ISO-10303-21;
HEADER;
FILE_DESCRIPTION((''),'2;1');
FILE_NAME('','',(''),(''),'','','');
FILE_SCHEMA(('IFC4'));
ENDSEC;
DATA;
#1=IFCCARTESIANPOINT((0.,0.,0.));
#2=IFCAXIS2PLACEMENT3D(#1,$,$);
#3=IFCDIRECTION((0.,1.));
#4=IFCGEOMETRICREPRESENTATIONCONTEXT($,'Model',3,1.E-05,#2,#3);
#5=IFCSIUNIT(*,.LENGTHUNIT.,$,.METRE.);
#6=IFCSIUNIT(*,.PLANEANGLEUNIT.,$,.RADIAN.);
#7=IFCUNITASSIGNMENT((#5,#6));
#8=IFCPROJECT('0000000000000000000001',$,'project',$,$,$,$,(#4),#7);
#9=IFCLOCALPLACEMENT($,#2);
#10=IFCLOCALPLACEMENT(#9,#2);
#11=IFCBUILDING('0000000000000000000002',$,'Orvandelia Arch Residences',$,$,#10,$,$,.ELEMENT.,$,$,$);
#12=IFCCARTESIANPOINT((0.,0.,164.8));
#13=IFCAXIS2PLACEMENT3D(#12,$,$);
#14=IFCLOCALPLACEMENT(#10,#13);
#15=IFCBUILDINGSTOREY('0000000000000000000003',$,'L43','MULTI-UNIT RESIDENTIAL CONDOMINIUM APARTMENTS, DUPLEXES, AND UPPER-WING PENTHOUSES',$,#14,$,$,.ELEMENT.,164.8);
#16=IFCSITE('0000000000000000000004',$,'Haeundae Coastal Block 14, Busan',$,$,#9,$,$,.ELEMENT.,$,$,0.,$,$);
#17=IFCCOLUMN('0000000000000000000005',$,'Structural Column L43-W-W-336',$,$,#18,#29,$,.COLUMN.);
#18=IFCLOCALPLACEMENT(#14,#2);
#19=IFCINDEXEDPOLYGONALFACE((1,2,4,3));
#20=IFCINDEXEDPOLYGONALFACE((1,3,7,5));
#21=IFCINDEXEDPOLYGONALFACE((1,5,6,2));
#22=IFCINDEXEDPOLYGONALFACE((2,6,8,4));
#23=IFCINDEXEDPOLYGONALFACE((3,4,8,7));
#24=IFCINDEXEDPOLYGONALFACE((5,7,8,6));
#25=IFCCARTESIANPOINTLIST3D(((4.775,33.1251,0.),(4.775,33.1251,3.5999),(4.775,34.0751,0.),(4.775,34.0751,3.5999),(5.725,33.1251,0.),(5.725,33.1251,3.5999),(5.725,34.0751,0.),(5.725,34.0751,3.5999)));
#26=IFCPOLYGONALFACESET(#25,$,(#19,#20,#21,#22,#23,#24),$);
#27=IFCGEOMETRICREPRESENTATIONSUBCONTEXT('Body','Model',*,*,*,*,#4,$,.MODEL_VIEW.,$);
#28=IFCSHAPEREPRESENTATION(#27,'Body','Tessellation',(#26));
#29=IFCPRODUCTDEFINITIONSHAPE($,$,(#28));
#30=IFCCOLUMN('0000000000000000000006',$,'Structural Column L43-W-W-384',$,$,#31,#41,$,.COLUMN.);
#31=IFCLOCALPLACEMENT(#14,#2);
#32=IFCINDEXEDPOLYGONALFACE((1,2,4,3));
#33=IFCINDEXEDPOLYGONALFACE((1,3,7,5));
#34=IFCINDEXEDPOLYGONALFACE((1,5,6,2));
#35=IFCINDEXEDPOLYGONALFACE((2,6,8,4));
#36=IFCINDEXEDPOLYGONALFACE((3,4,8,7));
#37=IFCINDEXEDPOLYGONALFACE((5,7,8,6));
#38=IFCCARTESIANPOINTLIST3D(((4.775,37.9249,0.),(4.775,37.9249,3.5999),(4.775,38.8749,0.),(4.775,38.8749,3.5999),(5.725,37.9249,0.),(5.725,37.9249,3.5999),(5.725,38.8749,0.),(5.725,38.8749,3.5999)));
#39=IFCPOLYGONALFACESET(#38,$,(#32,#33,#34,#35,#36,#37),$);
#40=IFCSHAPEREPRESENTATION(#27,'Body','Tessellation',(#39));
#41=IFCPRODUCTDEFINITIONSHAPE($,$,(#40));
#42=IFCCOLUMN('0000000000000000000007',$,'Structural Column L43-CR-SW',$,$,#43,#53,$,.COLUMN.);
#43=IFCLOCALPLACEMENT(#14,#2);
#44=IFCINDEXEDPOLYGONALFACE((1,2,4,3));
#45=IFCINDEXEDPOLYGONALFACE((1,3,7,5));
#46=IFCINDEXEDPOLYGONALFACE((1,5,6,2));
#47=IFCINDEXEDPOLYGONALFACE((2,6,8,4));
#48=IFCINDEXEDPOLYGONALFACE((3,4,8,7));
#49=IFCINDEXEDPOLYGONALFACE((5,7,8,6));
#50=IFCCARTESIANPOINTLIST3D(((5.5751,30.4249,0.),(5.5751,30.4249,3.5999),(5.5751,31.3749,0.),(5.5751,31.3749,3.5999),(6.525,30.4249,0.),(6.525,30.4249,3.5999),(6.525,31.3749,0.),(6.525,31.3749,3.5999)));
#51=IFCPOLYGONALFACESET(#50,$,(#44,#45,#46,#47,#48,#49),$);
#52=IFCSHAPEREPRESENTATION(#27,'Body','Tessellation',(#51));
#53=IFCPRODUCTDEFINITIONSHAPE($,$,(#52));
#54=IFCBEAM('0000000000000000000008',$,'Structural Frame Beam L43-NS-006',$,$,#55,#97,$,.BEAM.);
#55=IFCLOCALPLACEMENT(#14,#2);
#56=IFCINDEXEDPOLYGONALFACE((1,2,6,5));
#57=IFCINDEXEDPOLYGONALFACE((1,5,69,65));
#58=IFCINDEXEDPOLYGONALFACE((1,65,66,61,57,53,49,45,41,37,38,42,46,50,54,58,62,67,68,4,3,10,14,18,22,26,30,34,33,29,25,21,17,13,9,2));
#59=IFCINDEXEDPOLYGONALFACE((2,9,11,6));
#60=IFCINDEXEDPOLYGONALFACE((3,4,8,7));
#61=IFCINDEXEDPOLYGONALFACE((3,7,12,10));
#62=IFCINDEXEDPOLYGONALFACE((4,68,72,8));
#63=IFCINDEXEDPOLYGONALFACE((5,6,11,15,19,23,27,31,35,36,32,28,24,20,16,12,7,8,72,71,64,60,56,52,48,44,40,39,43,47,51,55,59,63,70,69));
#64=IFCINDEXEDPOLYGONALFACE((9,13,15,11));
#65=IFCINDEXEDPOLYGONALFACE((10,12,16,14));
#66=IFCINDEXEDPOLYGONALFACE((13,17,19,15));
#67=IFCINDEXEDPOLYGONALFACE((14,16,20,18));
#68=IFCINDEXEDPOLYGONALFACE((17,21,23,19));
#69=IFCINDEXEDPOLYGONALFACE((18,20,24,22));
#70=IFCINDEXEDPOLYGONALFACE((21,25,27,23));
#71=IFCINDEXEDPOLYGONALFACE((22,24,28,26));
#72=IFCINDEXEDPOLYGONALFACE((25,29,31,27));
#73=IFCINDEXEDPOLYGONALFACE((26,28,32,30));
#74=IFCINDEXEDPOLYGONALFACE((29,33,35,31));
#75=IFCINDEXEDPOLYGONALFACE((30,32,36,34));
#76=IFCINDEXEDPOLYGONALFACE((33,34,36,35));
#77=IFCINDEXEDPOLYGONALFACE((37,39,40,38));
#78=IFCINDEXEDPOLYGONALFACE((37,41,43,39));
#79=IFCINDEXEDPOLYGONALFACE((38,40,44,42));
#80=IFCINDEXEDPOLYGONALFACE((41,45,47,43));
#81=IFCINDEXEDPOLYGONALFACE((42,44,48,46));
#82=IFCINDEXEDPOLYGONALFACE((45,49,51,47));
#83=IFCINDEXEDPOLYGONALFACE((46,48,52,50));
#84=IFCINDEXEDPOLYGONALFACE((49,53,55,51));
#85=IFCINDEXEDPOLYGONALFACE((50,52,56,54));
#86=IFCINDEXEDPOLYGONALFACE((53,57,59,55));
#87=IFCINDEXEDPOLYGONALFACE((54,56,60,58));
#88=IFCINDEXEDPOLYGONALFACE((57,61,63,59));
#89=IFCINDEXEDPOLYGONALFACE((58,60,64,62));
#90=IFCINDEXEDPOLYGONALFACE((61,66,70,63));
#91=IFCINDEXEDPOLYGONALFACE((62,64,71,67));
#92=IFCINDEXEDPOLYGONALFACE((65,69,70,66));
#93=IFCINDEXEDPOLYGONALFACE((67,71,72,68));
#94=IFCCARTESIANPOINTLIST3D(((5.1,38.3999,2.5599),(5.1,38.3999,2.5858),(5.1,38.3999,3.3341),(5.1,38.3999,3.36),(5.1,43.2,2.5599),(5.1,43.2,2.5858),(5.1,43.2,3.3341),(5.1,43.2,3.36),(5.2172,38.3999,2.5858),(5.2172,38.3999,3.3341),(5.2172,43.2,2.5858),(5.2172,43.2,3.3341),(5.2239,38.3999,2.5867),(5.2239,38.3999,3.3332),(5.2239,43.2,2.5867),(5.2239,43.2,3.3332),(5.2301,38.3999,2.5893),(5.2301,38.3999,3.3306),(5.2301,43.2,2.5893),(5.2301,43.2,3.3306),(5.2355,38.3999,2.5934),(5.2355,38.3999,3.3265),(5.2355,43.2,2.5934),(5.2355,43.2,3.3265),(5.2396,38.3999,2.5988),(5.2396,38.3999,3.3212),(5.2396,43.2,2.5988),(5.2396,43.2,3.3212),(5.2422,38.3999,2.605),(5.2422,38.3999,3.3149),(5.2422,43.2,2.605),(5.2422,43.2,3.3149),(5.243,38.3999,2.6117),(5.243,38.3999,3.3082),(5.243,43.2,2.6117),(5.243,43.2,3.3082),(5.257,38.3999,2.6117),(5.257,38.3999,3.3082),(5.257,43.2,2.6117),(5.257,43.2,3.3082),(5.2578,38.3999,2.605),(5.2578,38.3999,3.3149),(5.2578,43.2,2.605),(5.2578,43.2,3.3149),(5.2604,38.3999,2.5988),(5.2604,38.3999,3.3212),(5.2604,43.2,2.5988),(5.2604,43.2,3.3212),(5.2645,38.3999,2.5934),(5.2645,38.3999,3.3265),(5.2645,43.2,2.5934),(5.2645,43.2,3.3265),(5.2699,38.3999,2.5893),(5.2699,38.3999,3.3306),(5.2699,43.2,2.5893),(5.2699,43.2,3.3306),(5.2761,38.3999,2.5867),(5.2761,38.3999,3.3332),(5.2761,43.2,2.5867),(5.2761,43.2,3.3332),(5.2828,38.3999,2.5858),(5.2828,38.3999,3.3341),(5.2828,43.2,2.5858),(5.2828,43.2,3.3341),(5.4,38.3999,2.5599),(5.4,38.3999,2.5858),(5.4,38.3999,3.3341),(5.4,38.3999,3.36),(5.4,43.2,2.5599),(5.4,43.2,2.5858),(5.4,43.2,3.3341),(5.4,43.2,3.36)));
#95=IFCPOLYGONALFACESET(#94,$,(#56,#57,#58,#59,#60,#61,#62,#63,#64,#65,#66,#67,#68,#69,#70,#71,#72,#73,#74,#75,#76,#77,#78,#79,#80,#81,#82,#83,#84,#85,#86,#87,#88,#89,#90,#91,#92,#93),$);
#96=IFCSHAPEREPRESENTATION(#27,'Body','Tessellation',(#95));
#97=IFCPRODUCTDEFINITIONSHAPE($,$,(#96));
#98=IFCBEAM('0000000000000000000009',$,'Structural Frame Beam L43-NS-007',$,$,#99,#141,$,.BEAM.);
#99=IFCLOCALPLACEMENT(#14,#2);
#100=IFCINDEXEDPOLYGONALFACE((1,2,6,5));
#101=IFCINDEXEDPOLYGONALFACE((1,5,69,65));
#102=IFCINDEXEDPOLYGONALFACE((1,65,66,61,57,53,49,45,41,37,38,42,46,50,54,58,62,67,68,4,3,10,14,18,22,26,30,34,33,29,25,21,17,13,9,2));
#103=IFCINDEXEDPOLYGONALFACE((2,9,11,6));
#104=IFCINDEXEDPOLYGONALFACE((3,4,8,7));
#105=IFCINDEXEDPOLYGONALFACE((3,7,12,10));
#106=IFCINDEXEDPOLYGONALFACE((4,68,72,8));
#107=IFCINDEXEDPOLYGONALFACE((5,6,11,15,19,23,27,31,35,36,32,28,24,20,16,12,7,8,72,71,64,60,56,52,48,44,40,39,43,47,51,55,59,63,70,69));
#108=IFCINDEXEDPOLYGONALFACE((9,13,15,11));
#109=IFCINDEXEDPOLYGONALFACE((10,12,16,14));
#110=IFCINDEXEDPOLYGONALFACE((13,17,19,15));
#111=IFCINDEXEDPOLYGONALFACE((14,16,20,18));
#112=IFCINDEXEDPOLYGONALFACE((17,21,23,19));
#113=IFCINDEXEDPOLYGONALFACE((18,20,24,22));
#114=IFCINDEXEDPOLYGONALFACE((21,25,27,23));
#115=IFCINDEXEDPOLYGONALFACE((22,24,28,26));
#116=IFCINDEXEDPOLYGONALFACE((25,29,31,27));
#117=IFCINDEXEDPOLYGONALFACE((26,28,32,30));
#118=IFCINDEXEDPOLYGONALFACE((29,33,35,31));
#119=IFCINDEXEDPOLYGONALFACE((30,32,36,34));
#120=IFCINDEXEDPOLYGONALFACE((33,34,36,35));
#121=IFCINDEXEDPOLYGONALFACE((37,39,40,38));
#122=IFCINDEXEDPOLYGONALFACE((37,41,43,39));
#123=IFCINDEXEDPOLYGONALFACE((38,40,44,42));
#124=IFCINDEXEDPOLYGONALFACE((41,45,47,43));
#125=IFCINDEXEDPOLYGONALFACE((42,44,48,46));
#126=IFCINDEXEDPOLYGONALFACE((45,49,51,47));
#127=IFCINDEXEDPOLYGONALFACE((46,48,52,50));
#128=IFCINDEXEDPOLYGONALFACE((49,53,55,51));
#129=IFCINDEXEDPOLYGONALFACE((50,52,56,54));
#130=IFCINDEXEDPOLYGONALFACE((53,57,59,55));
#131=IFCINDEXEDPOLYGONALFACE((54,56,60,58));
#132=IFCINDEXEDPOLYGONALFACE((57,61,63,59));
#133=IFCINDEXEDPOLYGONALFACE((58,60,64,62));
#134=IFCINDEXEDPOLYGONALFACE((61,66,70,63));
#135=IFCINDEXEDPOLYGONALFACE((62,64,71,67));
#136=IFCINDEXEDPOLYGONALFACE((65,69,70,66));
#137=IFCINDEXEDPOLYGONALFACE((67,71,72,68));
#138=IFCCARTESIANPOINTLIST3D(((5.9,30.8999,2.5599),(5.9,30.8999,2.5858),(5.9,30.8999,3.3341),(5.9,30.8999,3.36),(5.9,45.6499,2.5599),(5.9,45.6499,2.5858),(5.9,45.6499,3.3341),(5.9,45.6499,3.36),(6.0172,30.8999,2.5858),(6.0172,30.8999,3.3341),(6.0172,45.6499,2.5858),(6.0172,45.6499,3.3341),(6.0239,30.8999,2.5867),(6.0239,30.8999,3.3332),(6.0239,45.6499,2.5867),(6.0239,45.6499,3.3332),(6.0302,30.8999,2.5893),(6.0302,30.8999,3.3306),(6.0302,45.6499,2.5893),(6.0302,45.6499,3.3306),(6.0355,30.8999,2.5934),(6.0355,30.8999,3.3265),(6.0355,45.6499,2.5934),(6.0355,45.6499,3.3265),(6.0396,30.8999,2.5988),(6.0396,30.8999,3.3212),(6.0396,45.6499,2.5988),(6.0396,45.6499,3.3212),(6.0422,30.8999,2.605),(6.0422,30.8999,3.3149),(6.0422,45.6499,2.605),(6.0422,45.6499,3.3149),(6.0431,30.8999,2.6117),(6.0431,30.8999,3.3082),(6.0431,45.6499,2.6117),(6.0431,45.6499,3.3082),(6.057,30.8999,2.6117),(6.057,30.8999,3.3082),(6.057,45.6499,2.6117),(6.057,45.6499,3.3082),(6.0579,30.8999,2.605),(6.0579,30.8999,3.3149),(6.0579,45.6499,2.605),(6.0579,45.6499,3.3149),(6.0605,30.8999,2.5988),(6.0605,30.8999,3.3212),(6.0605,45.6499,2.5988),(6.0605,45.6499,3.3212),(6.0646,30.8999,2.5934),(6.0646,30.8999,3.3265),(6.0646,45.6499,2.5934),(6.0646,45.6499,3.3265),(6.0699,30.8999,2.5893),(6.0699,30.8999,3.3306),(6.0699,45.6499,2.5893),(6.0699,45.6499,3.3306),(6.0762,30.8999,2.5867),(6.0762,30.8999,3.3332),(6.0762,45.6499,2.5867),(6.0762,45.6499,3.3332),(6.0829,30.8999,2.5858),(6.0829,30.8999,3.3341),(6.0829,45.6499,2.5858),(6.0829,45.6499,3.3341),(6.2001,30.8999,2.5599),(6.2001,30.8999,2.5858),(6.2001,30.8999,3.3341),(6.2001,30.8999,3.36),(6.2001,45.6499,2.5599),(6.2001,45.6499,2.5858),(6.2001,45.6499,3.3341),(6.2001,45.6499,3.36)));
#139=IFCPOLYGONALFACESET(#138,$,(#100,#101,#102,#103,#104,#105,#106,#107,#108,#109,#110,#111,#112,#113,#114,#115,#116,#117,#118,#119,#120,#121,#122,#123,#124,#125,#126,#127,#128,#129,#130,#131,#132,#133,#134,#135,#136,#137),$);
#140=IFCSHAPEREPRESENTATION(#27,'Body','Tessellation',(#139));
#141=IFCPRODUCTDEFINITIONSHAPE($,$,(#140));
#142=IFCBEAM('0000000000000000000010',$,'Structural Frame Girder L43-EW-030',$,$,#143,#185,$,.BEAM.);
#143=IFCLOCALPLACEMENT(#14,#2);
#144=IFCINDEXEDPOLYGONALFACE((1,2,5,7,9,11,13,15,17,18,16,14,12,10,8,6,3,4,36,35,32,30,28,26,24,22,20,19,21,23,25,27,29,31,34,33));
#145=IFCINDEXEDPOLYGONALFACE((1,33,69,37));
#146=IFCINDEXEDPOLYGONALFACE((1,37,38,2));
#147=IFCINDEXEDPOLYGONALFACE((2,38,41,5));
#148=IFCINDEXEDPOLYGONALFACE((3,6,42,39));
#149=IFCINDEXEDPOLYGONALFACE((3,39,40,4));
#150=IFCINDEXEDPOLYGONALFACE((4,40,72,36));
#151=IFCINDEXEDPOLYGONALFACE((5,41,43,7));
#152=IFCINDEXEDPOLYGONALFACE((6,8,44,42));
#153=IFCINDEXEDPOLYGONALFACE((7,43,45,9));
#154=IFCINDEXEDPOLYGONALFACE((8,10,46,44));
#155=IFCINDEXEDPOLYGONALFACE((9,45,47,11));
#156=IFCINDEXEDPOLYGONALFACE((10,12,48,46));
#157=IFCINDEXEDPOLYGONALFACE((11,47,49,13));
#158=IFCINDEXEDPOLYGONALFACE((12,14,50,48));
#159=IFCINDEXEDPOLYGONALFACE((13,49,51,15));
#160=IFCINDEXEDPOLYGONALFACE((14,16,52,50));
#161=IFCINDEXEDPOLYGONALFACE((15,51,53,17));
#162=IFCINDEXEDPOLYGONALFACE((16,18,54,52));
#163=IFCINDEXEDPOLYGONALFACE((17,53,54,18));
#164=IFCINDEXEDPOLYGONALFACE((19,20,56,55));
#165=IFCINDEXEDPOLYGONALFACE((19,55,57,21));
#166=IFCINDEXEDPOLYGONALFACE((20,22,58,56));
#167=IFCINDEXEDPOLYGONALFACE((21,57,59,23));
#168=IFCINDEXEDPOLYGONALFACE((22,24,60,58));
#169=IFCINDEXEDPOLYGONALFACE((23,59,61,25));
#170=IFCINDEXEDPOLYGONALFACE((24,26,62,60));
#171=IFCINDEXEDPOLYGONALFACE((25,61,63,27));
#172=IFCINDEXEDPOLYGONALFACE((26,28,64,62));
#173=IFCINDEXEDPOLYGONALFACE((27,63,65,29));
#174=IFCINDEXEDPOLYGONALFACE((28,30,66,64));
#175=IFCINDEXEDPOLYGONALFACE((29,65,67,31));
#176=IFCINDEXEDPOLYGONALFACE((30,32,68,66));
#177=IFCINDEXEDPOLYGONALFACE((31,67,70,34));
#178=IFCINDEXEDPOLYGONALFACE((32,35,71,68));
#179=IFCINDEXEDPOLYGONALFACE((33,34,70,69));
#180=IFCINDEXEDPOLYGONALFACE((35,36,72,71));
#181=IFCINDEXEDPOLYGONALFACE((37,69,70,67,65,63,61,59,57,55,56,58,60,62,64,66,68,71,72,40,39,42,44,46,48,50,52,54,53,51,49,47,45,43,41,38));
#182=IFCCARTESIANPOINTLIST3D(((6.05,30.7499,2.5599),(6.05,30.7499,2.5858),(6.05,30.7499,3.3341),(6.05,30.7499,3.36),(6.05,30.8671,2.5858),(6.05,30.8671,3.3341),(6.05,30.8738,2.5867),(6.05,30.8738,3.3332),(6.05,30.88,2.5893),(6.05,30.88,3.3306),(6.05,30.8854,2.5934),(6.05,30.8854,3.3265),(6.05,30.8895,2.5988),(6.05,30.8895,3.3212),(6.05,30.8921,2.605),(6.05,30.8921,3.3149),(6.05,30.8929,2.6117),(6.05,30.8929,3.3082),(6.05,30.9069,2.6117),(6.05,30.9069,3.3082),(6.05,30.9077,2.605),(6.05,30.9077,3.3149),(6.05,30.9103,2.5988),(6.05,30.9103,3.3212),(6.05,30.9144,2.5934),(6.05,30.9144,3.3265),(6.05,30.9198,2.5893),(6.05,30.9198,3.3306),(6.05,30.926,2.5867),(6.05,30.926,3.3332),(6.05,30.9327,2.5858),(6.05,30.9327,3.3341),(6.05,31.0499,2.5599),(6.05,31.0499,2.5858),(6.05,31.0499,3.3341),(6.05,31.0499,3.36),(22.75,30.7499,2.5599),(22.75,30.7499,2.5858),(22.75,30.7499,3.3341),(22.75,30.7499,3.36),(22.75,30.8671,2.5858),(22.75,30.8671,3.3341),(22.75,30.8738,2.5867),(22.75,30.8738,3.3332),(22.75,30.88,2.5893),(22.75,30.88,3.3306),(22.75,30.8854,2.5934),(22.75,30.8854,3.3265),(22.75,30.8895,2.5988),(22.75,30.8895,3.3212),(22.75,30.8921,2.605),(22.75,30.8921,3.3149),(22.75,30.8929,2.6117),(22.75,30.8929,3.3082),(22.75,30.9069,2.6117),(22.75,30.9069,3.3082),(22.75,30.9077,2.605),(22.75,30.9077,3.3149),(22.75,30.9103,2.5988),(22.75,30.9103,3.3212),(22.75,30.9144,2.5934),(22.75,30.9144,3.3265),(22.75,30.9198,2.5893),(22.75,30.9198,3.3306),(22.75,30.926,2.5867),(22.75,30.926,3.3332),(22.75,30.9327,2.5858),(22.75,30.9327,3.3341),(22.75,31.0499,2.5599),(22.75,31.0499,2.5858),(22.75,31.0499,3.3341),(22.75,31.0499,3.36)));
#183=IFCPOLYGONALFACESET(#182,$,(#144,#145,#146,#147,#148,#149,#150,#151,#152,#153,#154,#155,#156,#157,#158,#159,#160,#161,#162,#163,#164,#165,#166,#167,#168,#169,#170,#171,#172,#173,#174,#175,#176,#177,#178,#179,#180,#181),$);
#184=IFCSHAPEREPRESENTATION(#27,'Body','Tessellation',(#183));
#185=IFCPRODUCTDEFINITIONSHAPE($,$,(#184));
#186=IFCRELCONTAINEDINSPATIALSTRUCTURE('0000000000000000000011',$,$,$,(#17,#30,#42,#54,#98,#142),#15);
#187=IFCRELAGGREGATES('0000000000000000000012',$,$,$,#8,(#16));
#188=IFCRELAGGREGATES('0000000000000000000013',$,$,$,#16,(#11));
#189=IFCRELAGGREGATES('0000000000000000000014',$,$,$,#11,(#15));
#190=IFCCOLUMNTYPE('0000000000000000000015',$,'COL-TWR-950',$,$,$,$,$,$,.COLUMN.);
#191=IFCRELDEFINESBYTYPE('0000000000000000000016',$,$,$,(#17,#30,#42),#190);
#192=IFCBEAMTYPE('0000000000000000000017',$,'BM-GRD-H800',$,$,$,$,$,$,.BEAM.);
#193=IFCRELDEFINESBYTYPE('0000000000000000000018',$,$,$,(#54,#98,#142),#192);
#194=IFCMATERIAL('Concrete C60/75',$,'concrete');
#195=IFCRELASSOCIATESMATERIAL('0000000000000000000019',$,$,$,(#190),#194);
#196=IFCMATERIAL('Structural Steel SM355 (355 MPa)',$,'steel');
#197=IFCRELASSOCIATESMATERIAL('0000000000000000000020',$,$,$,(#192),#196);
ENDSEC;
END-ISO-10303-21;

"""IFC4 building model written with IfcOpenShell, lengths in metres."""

from ifc_helpers import new_model, si_unit, direction, frame, origin, origin_2d, place, context, subcontext, project, spatial, rectangle, i_section, extrude, material, material_profile, profile_set, type_object, element, save


model = new_model("IFC4")

# Units and contexts
model_context = context("Model", 3, precision=1e-05, world=origin(), true_north=direction((0.0, 1.0)))
body_context = subcontext(model_context, "Body", "Model", "MODEL_VIEW")
ifc_project = project(units=[si_unit("LENGTHUNIT", "METRE"), si_unit("PLANEANGLEUNIT", "RADIAN")], contexts=[model_context])

# Site, building, storey
site_placement = place(None, origin())
site = spatial("IfcSite", under=ifc_project, at=site_placement, Name="Haeundae Coastal Block 14, Busan", CompositionType="ELEMENT", RefElevation=0.0)
building_placement = place(site_placement, origin())
building = spatial("IfcBuilding", under=site, at=building_placement, Name="Orvandelia Arch Residences", CompositionType="ELEMENT")
storey_placement = place(building_placement, frame((0.0, 0.0, 164.8)))
storey = spatial("IfcBuildingStorey", under=building, at=storey_placement, Name="L43", Description="MULTI-UNIT RESIDENTIAL CONDOMINIUM APARTMENTS, DUPLEXES, AND UPPER-WING PENTHOUSES", CompositionType="ELEMENT", Elevation=164.8)

# Columns
ifc_material_1 = material(Name="Concrete C60/75", Category="concrete")
ifc_material_profile_1 = material_profile(ifc_material_1, rectangle(XDim=0.95, YDim=0.95, at=origin_2d()), Name="Concrete C60/75", Category="concrete")
ifc_profile_set_1 = profile_set([ifc_material_profile_1], Name="Concrete C60/75")
column_type = type_object("IfcColumnType", Name="COL-TWR-950", PredefinedType="COLUMN", material=ifc_profile_set_1)
for number, where, z_axis, x_axis, name in (
    (1, (5.25, 33.6001, 0.0), (0.0, 0.0, 1.0), (1.0, 0.0, 0.0), "Structural Column L43-W-W-336"),
    (2, (5.25, 38.3999, 0.0), (0.0, 0.0, 1.0), (1.0, 0.0, 0.0), "Structural Column L43-W-W-384"),
    (3, (6.05, 30.8999, 0.0), (0.0, 0.0, 1.0), (1.0, 0.0, 0.0), "Structural Column L43-CR-SW"),
):
    element("IfcColumn", number, at=place(storey_placement, frame(where, z_axis=z_axis, x_axis=x_axis)), inside=storey, type_object=column_type, Name=name, PredefinedType="COLUMN", context=body_context, shape_type="SweptSolid", body=[
        extrude(rectangle(XDim=0.95, YDim=0.95, at=origin_2d()), origin(), (0.0, 0.0, 1.0), 3.5999),
    ])

# Beams
ifc_material_2 = material(Name="Structural Steel SM355 (355 MPa)", Category="steel")
ifc_material_profile_2 = material_profile(ifc_material_2, i_section(OverallWidth=0.3, OverallDepth=0.8, WebThickness=0.0139, FlangeThickness=0.0259, FilletRadius=0.0259, at=origin_2d()), Name="Structural Steel SM355 (355 MPa)", Category="steel")
ifc_profile_set_2 = profile_set([ifc_material_profile_2], Name="Structural Steel SM355 (355 MPa)")
beam_type_1 = type_object("IfcBeamType", Name="BM-GRD-H800", PredefinedType="BEAM", material=ifc_profile_set_2)
beam_1_placement = place(storey_placement, frame((5.25, 38.3999, 2.96), z_axis=(0.0, 1.0, 0.0), x_axis=(-1.0, 0.0, 0.0)))
element("IfcBeam", 4, at=beam_1_placement, inside=storey, type_object=beam_type_1, Name="Structural Frame Beam L43-NS-006", PredefinedType="BEAM", context=body_context, shape_type="SweptSolid", body=[
    extrude(i_section(OverallWidth=0.3, OverallDepth=0.8, WebThickness=0.0139, FlangeThickness=0.0259, FilletRadius=0.0259, at=origin_2d()), origin(), (0.0, 0.0, 1.0), 4.8),
])
beam_2_placement = place(storey_placement, frame((6.05, 30.8999, 2.96), z_axis=(0.0, 1.0, 0.0), x_axis=(-1.0, 0.0, 0.0)))
element("IfcBeam", 5, at=beam_2_placement, inside=storey, type_object=beam_type_1, Name="Structural Frame Beam L43-NS-007", PredefinedType="BEAM", context=body_context, shape_type="SweptSolid", body=[
    extrude(i_section(OverallWidth=0.3, OverallDepth=0.8, WebThickness=0.0139, FlangeThickness=0.0259, FilletRadius=0.0259, at=origin_2d()), origin(), (0.0, 0.0, 1.0), 14.75),
])
beam_3_placement = place(storey_placement, frame((6.05, 30.8999, 2.96), z_axis=(1.0, 0.0, 0.0), x_axis=(0.0, 1.0, 0.0)))
element("IfcBeam", 6, at=beam_3_placement, inside=storey, type_object=beam_type_1, Name="Structural Frame Girder L43-EW-030", PredefinedType="BEAM", context=body_context, shape_type="SweptSolid", body=[
    extrude(i_section(OverallWidth=0.3, OverallDepth=0.8, WebThickness=0.0139, FlangeThickness=0.0259, FilletRadius=0.0259, at=origin_2d()), origin(), (0.0, 0.0, 1.0), 16.7),
])

save(model, "model.ifc")
